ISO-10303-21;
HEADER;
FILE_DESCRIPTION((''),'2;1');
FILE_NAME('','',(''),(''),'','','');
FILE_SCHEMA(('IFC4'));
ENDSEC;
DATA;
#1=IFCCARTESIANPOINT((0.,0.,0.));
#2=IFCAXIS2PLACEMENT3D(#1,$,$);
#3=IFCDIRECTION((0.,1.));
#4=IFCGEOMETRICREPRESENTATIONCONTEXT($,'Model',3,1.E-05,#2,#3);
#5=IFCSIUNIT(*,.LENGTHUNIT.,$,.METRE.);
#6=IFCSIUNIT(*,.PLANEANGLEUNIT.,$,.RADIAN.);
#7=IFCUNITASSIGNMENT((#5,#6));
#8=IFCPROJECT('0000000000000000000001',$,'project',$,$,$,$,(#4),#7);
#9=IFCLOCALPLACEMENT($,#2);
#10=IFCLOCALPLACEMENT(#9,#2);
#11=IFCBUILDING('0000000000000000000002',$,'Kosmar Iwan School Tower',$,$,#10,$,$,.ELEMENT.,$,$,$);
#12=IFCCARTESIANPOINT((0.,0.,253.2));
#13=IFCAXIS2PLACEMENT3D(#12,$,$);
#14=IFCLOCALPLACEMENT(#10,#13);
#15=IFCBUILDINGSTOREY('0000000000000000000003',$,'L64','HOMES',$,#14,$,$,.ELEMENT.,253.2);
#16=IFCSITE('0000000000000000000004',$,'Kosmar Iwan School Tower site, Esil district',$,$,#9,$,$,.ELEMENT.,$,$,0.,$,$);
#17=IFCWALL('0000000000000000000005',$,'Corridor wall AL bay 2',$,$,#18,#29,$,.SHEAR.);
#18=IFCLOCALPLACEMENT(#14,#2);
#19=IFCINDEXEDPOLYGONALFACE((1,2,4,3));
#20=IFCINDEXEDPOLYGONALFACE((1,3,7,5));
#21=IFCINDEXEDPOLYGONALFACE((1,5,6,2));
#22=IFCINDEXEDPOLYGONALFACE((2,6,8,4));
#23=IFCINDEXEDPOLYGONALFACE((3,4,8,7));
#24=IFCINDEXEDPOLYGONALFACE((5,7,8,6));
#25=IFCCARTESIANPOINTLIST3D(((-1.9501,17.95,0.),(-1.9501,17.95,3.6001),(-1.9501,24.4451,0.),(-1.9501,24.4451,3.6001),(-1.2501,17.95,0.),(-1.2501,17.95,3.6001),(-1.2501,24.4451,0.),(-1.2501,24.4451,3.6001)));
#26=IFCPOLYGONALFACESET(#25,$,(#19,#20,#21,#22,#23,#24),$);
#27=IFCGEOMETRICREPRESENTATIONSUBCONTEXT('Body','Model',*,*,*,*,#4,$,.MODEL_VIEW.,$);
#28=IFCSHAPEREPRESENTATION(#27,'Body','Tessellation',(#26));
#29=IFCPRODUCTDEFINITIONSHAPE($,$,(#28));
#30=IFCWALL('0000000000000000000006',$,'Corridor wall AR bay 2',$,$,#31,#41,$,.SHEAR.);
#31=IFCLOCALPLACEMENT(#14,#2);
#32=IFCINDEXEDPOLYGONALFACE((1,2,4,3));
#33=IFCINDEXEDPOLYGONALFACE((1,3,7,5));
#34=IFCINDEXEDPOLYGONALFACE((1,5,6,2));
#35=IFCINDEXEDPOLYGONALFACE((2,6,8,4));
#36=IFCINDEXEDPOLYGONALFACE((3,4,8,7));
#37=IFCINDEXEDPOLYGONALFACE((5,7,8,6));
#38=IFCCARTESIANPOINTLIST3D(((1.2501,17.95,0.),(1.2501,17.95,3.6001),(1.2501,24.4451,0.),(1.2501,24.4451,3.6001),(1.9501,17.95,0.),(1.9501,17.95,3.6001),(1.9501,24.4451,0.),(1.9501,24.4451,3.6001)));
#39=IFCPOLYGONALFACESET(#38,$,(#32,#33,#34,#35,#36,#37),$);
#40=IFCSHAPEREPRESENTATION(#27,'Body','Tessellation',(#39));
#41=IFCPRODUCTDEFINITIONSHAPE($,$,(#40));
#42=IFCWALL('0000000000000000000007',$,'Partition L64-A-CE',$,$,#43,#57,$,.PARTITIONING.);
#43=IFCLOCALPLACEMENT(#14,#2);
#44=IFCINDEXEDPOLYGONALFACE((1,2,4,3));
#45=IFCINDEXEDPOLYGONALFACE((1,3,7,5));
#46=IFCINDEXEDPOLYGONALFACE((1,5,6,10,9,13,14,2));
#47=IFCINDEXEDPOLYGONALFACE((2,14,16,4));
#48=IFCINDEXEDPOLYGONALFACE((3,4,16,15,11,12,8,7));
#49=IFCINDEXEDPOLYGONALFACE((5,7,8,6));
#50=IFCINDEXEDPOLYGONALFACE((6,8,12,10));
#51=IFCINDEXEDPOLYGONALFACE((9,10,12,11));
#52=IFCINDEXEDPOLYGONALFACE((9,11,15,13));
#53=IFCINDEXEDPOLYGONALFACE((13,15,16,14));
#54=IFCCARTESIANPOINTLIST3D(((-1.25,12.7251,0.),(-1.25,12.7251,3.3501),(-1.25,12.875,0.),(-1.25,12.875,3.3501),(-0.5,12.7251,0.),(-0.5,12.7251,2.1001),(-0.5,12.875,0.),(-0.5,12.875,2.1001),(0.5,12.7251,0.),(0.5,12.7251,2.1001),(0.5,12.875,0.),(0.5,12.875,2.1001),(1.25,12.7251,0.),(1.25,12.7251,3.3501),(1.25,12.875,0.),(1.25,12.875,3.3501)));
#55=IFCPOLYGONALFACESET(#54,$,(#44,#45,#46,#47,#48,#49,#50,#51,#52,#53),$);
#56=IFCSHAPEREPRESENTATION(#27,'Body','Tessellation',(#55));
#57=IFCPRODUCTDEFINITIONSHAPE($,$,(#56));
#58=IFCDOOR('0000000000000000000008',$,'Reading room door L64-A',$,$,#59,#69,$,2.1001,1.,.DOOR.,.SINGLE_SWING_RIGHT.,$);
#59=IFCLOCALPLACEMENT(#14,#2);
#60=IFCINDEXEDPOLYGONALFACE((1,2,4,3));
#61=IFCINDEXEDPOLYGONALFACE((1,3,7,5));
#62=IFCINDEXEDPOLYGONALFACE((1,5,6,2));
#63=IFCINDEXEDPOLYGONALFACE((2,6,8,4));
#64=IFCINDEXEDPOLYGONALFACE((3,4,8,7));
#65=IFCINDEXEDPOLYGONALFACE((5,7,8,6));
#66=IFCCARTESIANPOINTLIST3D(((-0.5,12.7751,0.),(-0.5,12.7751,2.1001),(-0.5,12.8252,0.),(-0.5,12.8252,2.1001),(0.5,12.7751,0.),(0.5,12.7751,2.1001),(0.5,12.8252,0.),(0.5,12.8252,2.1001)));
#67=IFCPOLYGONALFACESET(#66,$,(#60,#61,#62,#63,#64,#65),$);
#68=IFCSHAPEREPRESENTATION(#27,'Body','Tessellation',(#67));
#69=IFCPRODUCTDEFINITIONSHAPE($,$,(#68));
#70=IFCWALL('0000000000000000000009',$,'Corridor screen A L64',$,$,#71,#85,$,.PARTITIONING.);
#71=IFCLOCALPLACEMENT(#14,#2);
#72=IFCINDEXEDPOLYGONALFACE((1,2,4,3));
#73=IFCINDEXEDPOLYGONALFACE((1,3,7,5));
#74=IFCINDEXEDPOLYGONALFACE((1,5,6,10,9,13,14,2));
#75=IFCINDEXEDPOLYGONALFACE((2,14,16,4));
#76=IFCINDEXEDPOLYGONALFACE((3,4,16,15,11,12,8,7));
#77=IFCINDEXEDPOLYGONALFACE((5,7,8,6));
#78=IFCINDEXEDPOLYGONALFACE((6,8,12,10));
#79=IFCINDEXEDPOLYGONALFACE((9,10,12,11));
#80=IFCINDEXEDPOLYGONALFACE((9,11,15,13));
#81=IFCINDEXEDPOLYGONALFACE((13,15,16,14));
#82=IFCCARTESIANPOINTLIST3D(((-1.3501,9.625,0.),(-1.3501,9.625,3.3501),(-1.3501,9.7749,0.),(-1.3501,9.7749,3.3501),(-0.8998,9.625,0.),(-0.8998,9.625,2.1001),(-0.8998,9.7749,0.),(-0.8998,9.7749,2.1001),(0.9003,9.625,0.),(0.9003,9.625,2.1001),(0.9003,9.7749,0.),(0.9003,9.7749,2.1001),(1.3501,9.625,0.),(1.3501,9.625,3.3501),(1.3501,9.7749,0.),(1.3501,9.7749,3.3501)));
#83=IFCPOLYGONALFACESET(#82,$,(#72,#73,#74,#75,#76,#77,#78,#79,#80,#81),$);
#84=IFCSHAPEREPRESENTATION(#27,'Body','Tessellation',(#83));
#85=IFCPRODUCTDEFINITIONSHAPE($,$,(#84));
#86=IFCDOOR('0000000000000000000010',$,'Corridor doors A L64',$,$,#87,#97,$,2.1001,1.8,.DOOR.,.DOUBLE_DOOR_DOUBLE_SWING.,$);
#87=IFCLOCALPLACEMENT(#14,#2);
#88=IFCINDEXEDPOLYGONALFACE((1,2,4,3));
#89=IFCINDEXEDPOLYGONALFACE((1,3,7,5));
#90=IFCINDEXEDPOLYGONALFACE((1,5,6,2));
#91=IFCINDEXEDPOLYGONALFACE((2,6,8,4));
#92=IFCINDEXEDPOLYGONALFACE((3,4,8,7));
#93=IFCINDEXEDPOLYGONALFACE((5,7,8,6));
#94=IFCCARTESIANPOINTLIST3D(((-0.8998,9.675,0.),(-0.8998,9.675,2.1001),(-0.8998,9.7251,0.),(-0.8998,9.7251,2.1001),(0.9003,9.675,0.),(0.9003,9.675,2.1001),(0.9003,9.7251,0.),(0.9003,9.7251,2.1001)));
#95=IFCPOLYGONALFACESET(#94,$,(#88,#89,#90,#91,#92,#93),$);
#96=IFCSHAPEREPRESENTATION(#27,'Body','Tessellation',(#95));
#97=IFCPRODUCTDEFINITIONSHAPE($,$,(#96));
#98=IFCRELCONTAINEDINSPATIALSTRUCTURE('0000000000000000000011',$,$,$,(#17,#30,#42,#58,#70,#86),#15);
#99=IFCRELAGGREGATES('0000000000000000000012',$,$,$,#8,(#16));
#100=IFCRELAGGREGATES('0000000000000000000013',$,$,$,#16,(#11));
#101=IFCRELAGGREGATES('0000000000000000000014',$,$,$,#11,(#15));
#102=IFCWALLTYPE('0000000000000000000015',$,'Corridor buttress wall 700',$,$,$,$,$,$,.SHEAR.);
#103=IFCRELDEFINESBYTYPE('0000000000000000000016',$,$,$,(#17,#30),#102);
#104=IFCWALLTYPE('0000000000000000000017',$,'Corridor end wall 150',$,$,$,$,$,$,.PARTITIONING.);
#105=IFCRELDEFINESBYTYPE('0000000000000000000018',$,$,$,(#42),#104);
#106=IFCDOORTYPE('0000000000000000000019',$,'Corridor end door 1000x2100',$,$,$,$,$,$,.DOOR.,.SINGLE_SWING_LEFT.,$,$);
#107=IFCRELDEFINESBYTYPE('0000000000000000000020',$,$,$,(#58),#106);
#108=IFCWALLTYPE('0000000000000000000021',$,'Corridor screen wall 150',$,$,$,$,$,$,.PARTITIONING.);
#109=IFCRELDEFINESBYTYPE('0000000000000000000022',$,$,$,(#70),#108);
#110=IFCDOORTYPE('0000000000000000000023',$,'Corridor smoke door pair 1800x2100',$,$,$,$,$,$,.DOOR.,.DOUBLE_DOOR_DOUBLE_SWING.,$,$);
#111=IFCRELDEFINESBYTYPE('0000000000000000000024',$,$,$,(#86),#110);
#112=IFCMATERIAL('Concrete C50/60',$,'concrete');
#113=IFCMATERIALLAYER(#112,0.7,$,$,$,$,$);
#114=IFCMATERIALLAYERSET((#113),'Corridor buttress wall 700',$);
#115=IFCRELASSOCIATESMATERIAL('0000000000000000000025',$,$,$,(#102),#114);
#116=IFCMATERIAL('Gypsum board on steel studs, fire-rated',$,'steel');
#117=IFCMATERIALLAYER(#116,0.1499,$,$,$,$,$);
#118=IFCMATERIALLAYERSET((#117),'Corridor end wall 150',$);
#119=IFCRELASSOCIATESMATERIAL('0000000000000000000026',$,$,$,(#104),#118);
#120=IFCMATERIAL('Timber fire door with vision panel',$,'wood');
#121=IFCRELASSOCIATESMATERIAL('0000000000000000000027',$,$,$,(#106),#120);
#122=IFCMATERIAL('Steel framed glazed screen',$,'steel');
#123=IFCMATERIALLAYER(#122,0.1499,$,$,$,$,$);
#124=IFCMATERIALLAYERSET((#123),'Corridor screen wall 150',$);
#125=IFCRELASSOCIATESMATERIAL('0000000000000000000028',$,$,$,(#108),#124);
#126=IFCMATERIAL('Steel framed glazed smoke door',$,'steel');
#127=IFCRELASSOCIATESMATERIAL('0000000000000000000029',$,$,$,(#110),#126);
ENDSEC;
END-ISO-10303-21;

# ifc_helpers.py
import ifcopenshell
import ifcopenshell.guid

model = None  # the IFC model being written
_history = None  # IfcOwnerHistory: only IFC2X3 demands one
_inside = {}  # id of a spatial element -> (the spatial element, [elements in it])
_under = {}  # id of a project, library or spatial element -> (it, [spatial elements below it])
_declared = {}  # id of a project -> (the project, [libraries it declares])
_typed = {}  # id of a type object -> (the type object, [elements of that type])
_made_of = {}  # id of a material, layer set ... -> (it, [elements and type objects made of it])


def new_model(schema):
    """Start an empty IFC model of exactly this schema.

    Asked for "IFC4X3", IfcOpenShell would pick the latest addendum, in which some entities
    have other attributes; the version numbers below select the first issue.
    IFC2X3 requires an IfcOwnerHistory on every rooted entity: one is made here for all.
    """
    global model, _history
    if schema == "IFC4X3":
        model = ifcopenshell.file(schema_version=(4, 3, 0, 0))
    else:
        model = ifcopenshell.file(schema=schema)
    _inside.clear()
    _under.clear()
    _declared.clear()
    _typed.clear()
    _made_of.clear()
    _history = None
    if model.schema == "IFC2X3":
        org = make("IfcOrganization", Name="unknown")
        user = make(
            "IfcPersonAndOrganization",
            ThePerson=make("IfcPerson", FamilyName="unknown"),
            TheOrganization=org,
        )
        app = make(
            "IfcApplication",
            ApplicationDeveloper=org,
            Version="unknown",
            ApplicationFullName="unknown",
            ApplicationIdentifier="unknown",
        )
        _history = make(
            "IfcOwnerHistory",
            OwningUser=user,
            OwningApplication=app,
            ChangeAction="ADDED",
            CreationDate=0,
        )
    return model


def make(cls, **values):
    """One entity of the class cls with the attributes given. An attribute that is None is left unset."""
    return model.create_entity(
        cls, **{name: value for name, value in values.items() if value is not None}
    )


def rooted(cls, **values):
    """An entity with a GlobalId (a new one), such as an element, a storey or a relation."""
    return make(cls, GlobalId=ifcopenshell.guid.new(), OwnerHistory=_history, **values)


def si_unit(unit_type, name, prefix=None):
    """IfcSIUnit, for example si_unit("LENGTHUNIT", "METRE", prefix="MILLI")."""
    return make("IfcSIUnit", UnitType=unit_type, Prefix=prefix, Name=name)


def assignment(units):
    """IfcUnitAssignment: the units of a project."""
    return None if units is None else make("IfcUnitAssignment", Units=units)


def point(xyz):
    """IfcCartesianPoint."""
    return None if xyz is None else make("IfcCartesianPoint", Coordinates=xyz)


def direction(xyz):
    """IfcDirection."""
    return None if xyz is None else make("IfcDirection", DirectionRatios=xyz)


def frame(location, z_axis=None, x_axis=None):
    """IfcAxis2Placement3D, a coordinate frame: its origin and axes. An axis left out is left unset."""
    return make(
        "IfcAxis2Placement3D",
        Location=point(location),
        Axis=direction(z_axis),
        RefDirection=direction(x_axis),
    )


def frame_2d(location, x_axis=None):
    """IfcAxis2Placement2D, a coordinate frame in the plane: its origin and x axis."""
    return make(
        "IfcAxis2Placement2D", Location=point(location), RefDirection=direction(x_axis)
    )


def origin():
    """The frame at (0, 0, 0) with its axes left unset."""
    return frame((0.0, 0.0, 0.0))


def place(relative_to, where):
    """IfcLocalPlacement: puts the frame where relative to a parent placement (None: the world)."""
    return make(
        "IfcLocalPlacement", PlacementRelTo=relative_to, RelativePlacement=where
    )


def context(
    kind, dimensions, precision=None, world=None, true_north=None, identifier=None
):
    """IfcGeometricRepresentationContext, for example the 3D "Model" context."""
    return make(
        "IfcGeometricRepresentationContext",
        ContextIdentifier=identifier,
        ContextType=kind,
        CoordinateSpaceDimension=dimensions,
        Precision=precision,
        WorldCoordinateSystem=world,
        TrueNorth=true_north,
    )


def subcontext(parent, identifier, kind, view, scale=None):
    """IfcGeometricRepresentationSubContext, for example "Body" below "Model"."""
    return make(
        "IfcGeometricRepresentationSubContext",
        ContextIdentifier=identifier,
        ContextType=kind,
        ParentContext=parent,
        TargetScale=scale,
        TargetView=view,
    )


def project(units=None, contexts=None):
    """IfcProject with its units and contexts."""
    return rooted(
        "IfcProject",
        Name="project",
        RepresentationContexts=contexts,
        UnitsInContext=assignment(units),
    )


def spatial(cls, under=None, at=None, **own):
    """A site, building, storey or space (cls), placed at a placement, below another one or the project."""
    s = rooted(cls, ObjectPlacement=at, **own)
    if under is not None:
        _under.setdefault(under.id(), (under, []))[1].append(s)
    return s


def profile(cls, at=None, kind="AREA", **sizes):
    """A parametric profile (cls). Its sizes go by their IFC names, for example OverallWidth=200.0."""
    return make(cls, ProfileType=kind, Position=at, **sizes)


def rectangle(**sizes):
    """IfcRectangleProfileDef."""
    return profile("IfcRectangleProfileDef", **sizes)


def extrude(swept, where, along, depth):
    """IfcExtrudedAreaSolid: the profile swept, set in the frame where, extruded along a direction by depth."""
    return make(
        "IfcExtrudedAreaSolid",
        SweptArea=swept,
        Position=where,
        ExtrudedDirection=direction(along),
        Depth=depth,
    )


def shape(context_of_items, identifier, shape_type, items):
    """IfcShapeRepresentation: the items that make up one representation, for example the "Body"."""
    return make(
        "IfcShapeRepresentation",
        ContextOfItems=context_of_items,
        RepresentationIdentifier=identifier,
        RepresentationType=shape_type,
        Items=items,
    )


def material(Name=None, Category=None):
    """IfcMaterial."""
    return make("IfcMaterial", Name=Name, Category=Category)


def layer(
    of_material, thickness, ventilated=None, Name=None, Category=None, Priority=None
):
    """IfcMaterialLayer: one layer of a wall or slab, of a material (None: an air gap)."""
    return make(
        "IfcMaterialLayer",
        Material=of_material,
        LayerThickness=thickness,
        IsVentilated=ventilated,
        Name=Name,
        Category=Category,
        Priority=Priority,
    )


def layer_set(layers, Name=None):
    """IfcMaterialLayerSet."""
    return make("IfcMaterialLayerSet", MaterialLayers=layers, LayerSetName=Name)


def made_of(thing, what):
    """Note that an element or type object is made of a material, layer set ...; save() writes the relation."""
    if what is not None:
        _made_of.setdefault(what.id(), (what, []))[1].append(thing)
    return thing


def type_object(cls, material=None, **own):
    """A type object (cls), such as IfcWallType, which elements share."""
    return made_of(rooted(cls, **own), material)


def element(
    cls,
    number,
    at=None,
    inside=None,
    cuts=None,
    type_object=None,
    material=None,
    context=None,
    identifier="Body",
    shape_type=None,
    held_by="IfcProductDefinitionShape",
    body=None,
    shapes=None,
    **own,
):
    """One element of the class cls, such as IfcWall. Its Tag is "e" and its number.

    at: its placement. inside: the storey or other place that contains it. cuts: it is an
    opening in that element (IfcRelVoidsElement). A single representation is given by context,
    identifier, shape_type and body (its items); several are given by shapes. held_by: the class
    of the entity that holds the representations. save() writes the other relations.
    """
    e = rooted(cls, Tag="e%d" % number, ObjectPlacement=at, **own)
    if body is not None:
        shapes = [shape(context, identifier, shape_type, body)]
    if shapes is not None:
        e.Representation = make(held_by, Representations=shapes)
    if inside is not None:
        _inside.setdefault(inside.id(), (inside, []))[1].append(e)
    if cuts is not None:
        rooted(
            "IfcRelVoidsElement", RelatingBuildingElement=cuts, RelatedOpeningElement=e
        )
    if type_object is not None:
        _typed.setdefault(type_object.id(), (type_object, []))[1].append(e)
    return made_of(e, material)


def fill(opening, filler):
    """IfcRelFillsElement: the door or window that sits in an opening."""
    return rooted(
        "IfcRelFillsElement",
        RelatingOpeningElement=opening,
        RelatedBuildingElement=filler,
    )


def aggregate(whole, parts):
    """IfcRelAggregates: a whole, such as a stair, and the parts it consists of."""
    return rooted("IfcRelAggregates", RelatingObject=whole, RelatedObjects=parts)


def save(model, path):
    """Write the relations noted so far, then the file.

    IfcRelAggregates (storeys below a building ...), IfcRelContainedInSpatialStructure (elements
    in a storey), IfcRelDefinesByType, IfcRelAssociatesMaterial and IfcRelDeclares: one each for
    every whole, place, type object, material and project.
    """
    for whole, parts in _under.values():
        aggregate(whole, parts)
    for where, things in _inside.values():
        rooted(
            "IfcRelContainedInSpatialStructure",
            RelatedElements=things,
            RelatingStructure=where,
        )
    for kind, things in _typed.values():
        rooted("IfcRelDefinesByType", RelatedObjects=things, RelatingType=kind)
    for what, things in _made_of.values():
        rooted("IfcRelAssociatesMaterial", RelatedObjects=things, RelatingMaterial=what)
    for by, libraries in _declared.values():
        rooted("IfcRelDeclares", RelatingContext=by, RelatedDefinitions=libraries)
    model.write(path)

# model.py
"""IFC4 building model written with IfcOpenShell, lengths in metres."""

from ifc_helpers import new_model, si_unit, direction, frame, frame_2d, origin, place, context, subcontext, project, spatial, rectangle, extrude, material, layer, layer_set, type_object, element, fill, save


model = new_model("IFC4")

# Units and contexts
model_context = context("Model", 3, precision=1e-05, world=origin(), true_north=direction((0.0, 1.0)))
body_context = subcontext(model_context, "Body", "Model", "MODEL_VIEW")
ifc_project = project(units=[si_unit("LENGTHUNIT", "METRE"), si_unit("PLANEANGLEUNIT", "RADIAN")], contexts=[model_context])

# Site, building, storey
site_placement = place(None, origin())
site = spatial("IfcSite", under=ifc_project, at=site_placement, Name="Kosmar Iwan School Tower site, Esil district", CompositionType="ELEMENT", RefElevation=0.0)
building_placement = place(site_placement, origin())
building = spatial("IfcBuilding", under=site, at=building_placement, Name="Kosmar Iwan School Tower", CompositionType="ELEMENT")
storey_placement = place(building_placement, frame((0.0, 0.0, 253.2)))
storey = spatial("IfcBuildingStorey", under=building, at=storey_placement, Name="L64", Description="HOMES", CompositionType="ELEMENT", Elevation=253.2)

# Walls
ifc_material_1 = material(Name="Concrete C50/60", Category="concrete")
ifc_layer_1 = layer(ifc_material_1, 0.7)
ifc_layer_set_1 = layer_set([ifc_layer_1], Name="Corridor buttress wall 700")
wall_type_1 = type_object("IfcWallType", Name="Corridor buttress wall 700", PredefinedType="SHEAR", material=ifc_layer_set_1)
for number, where, z_axis, x_axis, name in (
    (1, (-1.6001, 17.95, 0.0), (0.0, 0.0, 1.0), (0.0, 1.0, 0.0), "Corridor wall AL bay 2"),
    (2, (1.6001, 17.95, 0.0), (0.0, 0.0, 1.0), (0.0, 1.0, 0.0), "Corridor wall AR bay 2"),
):
    element("IfcWall", number, at=place(storey_placement, frame(where, z_axis=z_axis, x_axis=x_axis)), inside=storey, type_object=wall_type_1, Name=name, PredefinedType="SHEAR", context=body_context, shape_type="SweptSolid", body=[
        extrude(rectangle(XDim=6.4951, YDim=0.7, at=frame_2d((3.2476, 0.0))), origin(), (0.0, 0.0, 1.0), 3.6001),
    ])

# Walls, openings, doors
ifc_material_2 = material(Name="Gypsum board on steel studs, fire-rated", Category="steel")
ifc_layer_2 = layer(ifc_material_2, 0.1499)
ifc_layer_set_2 = layer_set([ifc_layer_2], Name="Corridor end wall 150")
wall_type_2 = type_object("IfcWallType", Name="Corridor end wall 150", PredefinedType="PARTITIONING", material=ifc_layer_set_2)
wall_1_placement = place(storey_placement, frame((1.25, 12.8, 0.0), z_axis=(0.0, 0.0, 1.0), x_axis=(-1.0, 0.0, 0.0)))
wall_1 = element("IfcWall", 3, at=wall_1_placement, inside=storey, type_object=wall_type_2, Name="Partition L64-A-CE", PredefinedType="PARTITIONING", context=body_context, shape_type="SweptSolid", body=[
    extrude(rectangle(XDim=2.5, YDim=0.1499, at=frame_2d((1.25, 0.0))), origin(), (0.0, 0.0, 1.0), 3.3501),
])
opening_1_placement = place(wall_1_placement, frame((0.75, 0.0, 0.0)))
opening_1 = element("IfcOpeningElement", 4, at=opening_1_placement, cuts=wall_1, PredefinedType="OPENING", context=body_context, shape_type="SweptSolid", body=[
    extrude(rectangle(XDim=1.0, YDim=2.1001, at=frame_2d((0.5, 1.05))), frame((0.0, 0.0869, 0.0), z_axis=(0.0, -1.0, 0.0), x_axis=(1.0, 0.0, 0.0)), (0.0, 0.0, 1.0), 0.1738),
])
ifc_material_3 = material(Name="Timber fire door with vision panel", Category="wood")
door_type_1 = type_object("IfcDoorType", Name="Corridor end door 1000x2100", OperationType="SINGLE_SWING_LEFT", PredefinedType="DOOR", material=ifc_material_3)
door_1_placement = place(opening_1_placement, origin())
door_1 = element("IfcDoor", 5, at=door_1_placement, inside=storey, type_object=door_type_1, Name="Reading room door L64-A", OperationType="SINGLE_SWING_RIGHT", OverallHeight=2.1001, OverallWidth=1.0, PredefinedType="DOOR", context=body_context, shape_type="SweptSolid", body=[
    extrude(rectangle(XDim=1.0, YDim=2.1001, at=frame_2d((0.5, 1.05))), frame((0.0, 0.0249, 0.0), z_axis=(0.0, -1.0, 0.0), x_axis=(1.0, 0.0, 0.0)), (0.0, 0.0, 1.0), 0.05),
])
fill(opening_1, door_1)
ifc_material_4 = material(Name="Steel framed glazed screen", Category="steel")
ifc_layer_3 = layer(ifc_material_4, 0.1499)
ifc_layer_set_3 = layer_set([ifc_layer_3], Name="Corridor screen wall 150")
wall_type_3 = type_object("IfcWallType", Name="Corridor screen wall 150", PredefinedType="PARTITIONING", material=ifc_layer_set_3)
wall_2_placement = place(storey_placement, frame((1.3501, 9.7, 0.0), z_axis=(0.0, 0.0, 1.0), x_axis=(-1.0, 0.0, 0.0)))
wall_2 = element("IfcWall", 6, at=wall_2_placement, inside=storey, type_object=wall_type_3, Name="Corridor screen A L64", PredefinedType="PARTITIONING", context=body_context, shape_type="SweptSolid", body=[
    extrude(rectangle(XDim=2.7002, YDim=0.1499, at=frame_2d((1.3501, 0.0))), origin(), (0.0, 0.0, 1.0), 3.3501),
])
opening_2_placement = place(wall_2_placement, frame((0.45, 0.0, 0.0)))
opening_2 = element("IfcOpeningElement", 7, at=opening_2_placement, cuts=wall_2, PredefinedType="OPENING", context=body_context, shape_type="SweptSolid", body=[
    extrude(rectangle(XDim=1.8, YDim=2.1001, at=frame_2d((0.8999, 1.05))), frame((0.0, 0.0869, 0.0), z_axis=(0.0, -1.0, 0.0), x_axis=(1.0, 0.0, 0.0)), (0.0, 0.0, 1.0), 0.1738),
])
ifc_material_5 = material(Name="Steel framed glazed smoke door", Category="steel")
door_type_2 = type_object("IfcDoorType", Name="Corridor smoke door pair 1800x2100", OperationType="DOUBLE_DOOR_DOUBLE_SWING", PredefinedType="DOOR", material=ifc_material_5)
door_2_placement = place(opening_2_placement, origin())
door_2 = element("IfcDoor", 8, at=door_2_placement, inside=storey, type_object=door_type_2, Name="Corridor doors A L64", OperationType="DOUBLE_DOOR_DOUBLE_SWING", OverallHeight=2.1001, OverallWidth=1.8, PredefinedType="DOOR", context=body_context, shape_type="SweptSolid", body=[
    extrude(rectangle(XDim=1.8, YDim=2.1001, at=frame_2d((0.8999, 1.05))), frame((0.0, 0.0249, 0.0), z_axis=(0.0, -1.0, 0.0), x_axis=(1.0, 0.0, 0.0)), (0.0, 0.0, 1.0), 0.05),
])
fill(opening_2, door_2)

save(model, "model.ifc")
